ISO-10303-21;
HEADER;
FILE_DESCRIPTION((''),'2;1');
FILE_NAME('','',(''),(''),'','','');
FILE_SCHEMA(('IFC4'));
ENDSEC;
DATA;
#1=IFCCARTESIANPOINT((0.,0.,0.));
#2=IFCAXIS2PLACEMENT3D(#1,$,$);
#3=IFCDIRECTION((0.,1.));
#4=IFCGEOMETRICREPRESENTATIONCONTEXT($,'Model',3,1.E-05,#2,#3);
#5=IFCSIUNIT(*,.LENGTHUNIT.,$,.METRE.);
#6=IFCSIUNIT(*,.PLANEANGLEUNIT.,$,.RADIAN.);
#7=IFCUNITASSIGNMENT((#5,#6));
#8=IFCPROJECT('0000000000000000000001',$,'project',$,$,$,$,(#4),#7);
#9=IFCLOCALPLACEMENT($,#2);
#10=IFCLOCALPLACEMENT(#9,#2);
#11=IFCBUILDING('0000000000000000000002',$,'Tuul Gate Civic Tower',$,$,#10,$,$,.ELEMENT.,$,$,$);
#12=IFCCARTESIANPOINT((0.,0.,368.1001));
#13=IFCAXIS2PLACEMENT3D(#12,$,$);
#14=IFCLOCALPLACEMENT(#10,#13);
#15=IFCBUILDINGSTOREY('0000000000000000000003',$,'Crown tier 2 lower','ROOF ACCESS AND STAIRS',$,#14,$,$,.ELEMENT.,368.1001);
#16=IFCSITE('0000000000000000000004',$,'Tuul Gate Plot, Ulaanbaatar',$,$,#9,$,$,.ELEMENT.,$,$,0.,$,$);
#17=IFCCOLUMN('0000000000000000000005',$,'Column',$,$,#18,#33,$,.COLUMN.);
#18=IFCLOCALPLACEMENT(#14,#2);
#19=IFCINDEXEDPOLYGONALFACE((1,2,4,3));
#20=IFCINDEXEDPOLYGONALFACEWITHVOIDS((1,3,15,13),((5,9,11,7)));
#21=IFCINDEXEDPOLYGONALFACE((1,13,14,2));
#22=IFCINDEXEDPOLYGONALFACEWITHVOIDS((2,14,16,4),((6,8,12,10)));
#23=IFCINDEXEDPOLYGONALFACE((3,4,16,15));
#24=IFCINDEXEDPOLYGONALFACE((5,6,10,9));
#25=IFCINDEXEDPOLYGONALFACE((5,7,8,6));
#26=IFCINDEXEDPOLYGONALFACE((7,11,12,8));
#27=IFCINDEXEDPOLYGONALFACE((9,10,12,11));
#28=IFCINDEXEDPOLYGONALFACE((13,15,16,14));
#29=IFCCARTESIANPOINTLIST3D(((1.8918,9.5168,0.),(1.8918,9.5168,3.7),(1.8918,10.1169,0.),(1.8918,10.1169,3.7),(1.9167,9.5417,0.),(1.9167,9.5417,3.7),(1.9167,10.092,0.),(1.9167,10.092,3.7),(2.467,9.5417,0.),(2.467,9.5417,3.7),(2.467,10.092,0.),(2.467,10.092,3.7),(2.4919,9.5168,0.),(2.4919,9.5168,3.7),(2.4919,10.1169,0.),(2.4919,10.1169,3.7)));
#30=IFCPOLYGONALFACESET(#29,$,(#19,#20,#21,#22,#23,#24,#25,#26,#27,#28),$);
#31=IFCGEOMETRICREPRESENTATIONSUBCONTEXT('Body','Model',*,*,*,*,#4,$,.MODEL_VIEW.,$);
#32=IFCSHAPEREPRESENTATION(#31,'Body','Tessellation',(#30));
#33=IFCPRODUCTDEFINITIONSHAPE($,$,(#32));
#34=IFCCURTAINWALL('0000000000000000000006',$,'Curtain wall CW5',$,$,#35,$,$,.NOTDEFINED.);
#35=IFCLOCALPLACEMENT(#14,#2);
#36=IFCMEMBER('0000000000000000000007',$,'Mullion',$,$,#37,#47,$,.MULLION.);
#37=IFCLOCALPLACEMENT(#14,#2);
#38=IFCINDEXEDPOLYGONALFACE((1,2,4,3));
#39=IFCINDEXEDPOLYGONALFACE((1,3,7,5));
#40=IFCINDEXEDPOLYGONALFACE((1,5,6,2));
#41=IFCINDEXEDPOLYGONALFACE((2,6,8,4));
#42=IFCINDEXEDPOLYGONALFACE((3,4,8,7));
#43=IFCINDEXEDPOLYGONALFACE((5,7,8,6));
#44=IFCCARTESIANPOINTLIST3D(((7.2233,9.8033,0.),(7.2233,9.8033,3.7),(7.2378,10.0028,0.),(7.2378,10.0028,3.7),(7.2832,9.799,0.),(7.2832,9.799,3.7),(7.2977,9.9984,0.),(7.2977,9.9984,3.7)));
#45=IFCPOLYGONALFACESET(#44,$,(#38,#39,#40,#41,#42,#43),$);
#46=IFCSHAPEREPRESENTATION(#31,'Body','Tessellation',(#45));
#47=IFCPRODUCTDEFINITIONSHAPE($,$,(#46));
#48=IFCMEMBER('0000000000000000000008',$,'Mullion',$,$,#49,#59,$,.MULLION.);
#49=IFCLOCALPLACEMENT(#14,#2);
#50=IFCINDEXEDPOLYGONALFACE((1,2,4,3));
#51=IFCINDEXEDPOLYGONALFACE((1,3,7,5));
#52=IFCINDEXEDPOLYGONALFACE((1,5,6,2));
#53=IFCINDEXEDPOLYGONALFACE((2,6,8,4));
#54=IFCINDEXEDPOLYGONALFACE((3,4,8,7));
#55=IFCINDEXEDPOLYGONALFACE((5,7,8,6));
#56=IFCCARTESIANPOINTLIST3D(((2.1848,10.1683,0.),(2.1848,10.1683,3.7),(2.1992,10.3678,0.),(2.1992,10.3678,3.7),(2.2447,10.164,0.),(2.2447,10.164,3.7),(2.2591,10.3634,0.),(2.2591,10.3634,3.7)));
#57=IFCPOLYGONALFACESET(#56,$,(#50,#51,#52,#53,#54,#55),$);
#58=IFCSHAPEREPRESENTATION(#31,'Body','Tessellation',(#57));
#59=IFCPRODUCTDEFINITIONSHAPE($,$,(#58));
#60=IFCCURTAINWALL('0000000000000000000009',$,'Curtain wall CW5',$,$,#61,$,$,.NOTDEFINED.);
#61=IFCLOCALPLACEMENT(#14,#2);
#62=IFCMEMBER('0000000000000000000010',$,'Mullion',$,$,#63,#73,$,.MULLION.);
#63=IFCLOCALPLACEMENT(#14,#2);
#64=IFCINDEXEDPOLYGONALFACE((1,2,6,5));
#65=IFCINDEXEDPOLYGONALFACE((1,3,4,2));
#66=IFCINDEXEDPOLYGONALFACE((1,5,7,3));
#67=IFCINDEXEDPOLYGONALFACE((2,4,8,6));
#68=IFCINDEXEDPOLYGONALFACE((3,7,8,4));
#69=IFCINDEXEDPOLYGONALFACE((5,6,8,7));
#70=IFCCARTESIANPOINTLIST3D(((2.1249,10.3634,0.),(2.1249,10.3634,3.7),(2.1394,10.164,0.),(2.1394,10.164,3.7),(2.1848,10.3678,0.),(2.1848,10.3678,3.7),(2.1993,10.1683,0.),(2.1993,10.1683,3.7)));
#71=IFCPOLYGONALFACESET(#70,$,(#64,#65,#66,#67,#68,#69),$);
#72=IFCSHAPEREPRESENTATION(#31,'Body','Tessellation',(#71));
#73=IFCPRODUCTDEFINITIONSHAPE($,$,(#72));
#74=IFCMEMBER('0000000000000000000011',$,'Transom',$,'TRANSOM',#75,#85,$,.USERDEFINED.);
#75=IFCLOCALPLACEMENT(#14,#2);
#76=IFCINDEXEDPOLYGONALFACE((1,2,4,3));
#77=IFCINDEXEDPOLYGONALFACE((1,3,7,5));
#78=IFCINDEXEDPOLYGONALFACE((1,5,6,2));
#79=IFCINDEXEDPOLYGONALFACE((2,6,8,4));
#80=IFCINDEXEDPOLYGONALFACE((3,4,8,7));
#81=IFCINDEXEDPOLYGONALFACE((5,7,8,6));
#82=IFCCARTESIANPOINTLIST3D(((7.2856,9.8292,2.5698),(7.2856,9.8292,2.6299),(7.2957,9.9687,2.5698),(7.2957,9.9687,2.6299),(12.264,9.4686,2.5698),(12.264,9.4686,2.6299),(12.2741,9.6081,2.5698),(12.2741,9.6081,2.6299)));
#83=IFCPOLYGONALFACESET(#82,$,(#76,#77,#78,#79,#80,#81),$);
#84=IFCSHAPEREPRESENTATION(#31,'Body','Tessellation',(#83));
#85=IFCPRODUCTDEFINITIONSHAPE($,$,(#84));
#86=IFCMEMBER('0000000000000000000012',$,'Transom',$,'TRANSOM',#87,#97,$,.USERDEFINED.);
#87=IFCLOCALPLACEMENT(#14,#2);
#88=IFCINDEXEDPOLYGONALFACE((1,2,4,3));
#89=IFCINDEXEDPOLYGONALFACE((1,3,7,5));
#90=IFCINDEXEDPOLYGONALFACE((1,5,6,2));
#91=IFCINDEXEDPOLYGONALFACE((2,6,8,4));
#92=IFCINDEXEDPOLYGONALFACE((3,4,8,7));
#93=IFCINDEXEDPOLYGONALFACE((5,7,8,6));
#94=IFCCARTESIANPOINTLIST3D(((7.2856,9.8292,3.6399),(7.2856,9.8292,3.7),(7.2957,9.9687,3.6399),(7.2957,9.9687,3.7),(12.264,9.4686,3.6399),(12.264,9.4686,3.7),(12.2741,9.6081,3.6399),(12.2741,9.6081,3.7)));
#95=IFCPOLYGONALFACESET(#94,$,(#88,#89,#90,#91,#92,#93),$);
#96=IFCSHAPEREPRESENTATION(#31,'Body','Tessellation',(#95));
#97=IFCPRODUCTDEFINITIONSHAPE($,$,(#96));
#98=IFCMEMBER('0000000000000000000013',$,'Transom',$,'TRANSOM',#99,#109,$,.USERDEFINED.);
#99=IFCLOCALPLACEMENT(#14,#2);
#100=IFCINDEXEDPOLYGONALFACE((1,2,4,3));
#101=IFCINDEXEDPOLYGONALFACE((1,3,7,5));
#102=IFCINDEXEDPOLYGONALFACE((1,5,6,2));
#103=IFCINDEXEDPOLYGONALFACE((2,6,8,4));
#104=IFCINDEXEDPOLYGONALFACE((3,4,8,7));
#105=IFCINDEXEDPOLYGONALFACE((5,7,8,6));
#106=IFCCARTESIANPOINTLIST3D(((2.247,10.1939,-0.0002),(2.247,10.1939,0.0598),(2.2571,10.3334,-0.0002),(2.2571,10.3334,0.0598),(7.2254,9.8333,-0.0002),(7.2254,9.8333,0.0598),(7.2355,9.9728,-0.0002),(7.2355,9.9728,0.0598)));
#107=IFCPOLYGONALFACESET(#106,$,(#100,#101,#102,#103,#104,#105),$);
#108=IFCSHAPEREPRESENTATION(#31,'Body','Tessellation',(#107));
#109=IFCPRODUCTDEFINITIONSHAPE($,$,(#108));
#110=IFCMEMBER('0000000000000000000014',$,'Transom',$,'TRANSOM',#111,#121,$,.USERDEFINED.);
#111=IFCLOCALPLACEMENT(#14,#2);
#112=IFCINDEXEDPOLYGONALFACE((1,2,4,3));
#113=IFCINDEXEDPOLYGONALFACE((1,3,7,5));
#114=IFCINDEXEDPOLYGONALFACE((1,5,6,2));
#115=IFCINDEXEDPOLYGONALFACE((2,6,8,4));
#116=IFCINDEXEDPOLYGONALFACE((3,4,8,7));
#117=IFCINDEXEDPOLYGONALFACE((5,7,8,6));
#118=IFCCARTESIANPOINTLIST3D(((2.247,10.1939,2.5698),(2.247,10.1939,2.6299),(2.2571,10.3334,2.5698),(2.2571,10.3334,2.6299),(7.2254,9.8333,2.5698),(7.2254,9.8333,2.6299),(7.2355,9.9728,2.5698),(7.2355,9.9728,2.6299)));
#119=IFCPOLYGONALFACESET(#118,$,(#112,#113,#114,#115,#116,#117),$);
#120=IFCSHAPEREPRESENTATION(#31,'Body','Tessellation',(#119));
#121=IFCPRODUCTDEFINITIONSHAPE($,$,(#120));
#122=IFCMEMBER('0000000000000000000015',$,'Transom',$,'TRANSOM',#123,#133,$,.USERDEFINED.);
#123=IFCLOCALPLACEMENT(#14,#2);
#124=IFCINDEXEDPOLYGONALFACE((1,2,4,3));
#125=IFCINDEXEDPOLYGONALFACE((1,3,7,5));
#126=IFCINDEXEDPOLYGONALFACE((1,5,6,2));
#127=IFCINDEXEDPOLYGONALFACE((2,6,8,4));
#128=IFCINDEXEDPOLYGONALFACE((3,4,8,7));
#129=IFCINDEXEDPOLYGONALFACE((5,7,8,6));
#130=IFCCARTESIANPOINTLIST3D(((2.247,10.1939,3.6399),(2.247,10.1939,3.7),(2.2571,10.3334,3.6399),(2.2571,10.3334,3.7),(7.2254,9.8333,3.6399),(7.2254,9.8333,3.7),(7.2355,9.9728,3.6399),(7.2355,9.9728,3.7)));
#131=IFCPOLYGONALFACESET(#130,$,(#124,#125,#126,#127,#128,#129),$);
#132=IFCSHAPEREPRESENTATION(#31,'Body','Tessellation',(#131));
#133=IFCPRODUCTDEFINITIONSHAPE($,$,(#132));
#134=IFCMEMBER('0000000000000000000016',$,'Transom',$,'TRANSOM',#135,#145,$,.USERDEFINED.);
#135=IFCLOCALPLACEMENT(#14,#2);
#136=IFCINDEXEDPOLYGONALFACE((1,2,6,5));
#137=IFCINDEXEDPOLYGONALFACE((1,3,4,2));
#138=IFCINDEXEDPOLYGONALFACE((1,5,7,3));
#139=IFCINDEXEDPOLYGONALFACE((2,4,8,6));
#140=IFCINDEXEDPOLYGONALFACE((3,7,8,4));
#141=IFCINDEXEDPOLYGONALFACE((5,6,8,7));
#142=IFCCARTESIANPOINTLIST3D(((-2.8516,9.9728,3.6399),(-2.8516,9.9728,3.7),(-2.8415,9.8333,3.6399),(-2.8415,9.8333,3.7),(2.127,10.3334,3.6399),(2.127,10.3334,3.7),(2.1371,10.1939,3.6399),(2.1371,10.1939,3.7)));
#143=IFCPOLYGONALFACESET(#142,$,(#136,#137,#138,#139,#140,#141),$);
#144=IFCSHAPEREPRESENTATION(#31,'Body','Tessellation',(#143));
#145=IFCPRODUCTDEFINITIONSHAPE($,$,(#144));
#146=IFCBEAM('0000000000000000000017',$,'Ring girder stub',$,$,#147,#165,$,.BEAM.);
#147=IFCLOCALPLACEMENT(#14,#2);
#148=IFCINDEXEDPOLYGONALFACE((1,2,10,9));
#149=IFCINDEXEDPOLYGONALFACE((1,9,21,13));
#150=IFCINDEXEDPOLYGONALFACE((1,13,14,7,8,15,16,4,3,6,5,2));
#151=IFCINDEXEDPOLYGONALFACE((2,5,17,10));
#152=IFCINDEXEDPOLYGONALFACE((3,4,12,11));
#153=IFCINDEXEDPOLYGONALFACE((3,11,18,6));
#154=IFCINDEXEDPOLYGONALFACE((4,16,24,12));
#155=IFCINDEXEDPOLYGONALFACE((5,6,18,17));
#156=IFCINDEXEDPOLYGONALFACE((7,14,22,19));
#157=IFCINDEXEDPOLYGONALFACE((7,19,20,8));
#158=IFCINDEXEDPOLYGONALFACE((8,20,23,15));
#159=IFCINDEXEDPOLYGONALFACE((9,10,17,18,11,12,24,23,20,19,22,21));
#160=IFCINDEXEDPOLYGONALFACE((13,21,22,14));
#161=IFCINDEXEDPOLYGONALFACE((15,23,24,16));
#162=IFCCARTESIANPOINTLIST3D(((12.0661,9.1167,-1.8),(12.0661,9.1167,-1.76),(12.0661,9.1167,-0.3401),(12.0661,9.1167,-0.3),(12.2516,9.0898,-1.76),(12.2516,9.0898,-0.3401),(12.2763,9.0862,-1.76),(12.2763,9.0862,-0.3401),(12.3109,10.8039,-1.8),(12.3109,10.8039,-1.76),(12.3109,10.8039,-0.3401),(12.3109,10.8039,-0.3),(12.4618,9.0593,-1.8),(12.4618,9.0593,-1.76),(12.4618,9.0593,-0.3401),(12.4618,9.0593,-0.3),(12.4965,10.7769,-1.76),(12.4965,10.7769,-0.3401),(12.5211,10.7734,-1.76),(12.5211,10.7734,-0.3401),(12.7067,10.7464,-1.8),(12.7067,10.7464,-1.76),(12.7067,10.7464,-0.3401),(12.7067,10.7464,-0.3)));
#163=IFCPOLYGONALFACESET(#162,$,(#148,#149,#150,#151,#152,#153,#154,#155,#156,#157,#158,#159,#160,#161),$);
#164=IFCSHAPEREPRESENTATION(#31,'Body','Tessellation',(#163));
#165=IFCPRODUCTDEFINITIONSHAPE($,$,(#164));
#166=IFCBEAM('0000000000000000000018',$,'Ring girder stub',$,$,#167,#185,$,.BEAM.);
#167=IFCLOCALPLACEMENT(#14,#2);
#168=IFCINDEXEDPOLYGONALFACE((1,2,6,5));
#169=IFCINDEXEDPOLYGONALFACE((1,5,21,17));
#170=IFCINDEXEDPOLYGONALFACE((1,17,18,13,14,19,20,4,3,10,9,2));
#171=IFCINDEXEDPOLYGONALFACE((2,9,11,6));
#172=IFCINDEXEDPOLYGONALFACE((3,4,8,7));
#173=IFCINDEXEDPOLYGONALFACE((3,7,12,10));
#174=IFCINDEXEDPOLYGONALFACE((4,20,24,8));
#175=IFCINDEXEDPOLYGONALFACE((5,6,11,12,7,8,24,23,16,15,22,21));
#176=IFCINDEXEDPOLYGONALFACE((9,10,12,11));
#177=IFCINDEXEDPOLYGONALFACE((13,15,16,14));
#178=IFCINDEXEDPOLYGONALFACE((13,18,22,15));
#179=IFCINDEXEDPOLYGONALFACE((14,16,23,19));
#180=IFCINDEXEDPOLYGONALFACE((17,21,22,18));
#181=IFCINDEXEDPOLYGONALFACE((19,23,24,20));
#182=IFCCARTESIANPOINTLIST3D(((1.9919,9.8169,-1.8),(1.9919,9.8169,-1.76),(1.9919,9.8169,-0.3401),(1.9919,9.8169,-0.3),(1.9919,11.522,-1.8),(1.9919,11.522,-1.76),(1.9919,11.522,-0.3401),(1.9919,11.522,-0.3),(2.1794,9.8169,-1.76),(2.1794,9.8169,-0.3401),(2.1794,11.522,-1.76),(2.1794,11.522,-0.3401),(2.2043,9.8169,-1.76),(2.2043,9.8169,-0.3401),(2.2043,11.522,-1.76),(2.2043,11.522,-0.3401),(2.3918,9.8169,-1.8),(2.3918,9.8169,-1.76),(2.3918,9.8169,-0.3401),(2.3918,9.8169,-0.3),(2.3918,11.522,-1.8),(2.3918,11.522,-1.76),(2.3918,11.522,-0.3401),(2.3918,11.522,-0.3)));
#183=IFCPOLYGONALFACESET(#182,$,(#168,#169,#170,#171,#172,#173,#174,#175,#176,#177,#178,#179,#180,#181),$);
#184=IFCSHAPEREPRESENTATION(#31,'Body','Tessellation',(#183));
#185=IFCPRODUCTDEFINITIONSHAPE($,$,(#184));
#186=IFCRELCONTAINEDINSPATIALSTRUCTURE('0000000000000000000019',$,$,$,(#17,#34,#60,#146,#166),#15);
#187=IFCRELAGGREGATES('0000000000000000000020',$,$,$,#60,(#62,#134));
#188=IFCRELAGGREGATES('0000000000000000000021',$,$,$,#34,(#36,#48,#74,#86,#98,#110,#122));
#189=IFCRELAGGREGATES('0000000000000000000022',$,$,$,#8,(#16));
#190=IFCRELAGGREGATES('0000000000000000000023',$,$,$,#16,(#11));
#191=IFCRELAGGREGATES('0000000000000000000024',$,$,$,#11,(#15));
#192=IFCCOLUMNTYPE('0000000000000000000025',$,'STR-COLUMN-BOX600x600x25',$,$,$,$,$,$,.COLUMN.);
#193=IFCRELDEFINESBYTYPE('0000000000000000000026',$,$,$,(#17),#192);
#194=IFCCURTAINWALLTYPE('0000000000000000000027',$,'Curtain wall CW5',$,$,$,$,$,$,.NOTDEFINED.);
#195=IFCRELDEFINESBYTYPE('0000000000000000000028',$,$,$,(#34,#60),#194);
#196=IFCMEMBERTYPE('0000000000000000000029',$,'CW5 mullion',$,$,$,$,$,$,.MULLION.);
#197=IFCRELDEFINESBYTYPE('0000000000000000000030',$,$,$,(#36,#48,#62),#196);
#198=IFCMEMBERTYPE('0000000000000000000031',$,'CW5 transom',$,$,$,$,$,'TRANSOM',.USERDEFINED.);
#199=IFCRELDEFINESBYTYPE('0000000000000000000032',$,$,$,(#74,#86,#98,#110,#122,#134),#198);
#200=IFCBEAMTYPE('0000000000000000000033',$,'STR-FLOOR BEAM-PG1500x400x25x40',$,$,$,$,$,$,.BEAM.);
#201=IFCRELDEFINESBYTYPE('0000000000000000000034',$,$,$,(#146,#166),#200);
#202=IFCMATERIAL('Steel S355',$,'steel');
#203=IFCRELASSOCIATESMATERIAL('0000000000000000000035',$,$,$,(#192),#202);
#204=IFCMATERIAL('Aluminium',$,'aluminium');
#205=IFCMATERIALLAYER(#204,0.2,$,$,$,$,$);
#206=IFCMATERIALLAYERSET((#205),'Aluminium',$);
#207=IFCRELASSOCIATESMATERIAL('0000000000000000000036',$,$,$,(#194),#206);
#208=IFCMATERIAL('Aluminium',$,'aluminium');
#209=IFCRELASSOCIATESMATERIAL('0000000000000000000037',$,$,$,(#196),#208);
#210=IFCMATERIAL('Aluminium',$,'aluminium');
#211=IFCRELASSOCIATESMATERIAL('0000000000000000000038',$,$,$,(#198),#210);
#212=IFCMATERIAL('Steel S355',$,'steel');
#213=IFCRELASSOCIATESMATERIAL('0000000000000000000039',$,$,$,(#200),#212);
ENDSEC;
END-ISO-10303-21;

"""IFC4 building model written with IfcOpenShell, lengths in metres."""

from ifc_helpers import new_model, si_unit, direction, frame, origin, origin_2d, place, context, subcontext, project, spatial, rectangle, hollow_rectangle, i_section, extrude, material, layer, layer_set, material_profile, profile_set, type_object, element, aggregate, save


model = new_model("IFC4")

# Units and contexts
model_context = context("Model", 3, precision=1e-05, world=origin(), true_north=direction((0.0, 1.0)))
body_context = subcontext(model_context, "Body", "Model", "MODEL_VIEW")
ifc_project = project(units=[si_unit("LENGTHUNIT", "METRE"), si_unit("PLANEANGLEUNIT", "RADIAN")], contexts=[model_context])

# Site, building, storey
site_placement = place(None, origin())
site = spatial("IfcSite", under=ifc_project, at=site_placement, Name="Tuul Gate Plot, Ulaanbaatar", CompositionType="ELEMENT", RefElevation=0.0)
building_placement = place(site_placement, origin())
building = spatial("IfcBuilding", under=site, at=building_placement, Name="Tuul Gate Civic Tower", CompositionType="ELEMENT")
storey_placement = place(building_placement, frame((0.0, 0.0, 368.1001)))
storey = spatial("IfcBuildingStorey", under=building, at=storey_placement, Name="Crown tier 2 lower", Description="ROOF ACCESS AND STAIRS", CompositionType="ELEMENT", Elevation=368.1001)

# Column
ifc_material_1 = material(Name="Steel S355", Category="steel")
ifc_material_profile_1 = material_profile(ifc_material_1, hollow_rectangle(XDim=0.6001, YDim=0.6001, WallThickness=0.0249, at=origin_2d()), Name="BOX600x600x25")
ifc_profile_set_1 = profile_set([ifc_material_profile_1], Name="Steel S355")
column_type = type_object("IfcColumnType", Name="STR-COLUMN-BOX600x600x25", PredefinedType="COLUMN", material=ifc_profile_set_1)
column_placement = place(storey_placement, frame((2.1919, 9.8169, 0.0), z_axis=(0.0, 0.0, 1.0), x_axis=(1.0, 0.0, 0.0)))
element("IfcColumn", 1, at=column_placement, inside=storey, type_object=column_type, Name="Column", PredefinedType="COLUMN", context=body_context, shape_type="SweptSolid", body=[
    extrude(hollow_rectangle(XDim=0.6001, YDim=0.6001, WallThickness=0.0249, at=origin_2d()), origin(), (0.0, 0.0, 1.0), 3.7),
])

# Curtain wall, members
ifc_material_2 = material(Name="Aluminium", Category="aluminium")
ifc_layer_1 = layer(ifc_material_2, 0.2)
ifc_layer_set_1 = layer_set([ifc_layer_1], Name="Aluminium")
curtain_wall_type = type_object("IfcCurtainWallType", Name="Curtain wall CW5", PredefinedType="NOTDEFINED", material=ifc_layer_set_1)
curtain_wall_1_placement = place(storey_placement, origin())
curtain_wall_1 = element("IfcCurtainWall", 2, at=curtain_wall_1_placement, inside=storey, type_object=curtain_wall_type, Name="Curtain wall CW5", PredefinedType="NOTDEFINED")
ifc_material_3 = material(Name="Aluminium", Category="aluminium")
ifc_material_profile_2 = material_profile(ifc_material_3, rectangle(XDim=0.2, YDim=0.0601, at=origin_2d()), Name="CW5 mullion")
ifc_profile_set_2 = profile_set([ifc_material_profile_2], Name="Aluminium")
member_type_1 = type_object("IfcMemberType", Name="CW5 mullion", PredefinedType="MULLION", material=ifc_profile_set_2)
member_1_placement = place(storey_placement, frame((7.2605, 9.9009, 0.0), z_axis=(0.0, 0.0, 1.0), x_axis=(-0.072219, -0.997389, 0.0)))
member_1 = element("IfcMember", 3, at=member_1_placement, type_object=member_type_1, Name="Mullion", PredefinedType="MULLION", context=body_context, shape_type="SweptSolid", body=[
    extrude(rectangle(XDim=0.2, YDim=0.0601, at=origin_2d()), origin(), (0.0, 0.0, 1.0), 3.7),
])
member_2_placement = place(storey_placement, frame((2.2219, 10.2659, 0.0), z_axis=(0.0, 0.0, 1.0), x_axis=(-0.072219, -0.997389, 0.0)))
member_2 = element("IfcMember", 4, at=member_2_placement, type_object=member_type_1, Name="Mullion", PredefinedType="MULLION", context=body_context, shape_type="SweptSolid", body=[
    extrude(rectangle(XDim=0.2, YDim=0.0601, at=origin_2d()), origin(), (0.0, 0.0, 1.0), 3.7),
])

# Curtain wall, member
curtain_wall_2_placement = place(storey_placement, origin())
curtain_wall_2 = element("IfcCurtainWall", 5, at=curtain_wall_2_placement, inside=storey, type_object=curtain_wall_type, Name="Curtain wall CW5", PredefinedType="NOTDEFINED")
member_3_placement = place(storey_placement, frame((2.1621, 10.2659, 0.0), z_axis=(0.0, 0.0, 1.0), x_axis=(0.072219, -0.997389, 0.0)))
member_3 = element("IfcMember", 6, at=member_3_placement, type_object=member_type_1, Name="Mullion", PredefinedType="MULLION", context=body_context, shape_type="SweptSolid", body=[
    extrude(rectangle(XDim=0.2, YDim=0.0601, at=origin_2d()), origin(), (0.0, 0.0, 1.0), 3.7),
])

# Members
ifc_material_4 = material(Name="Aluminium", Category="aluminium")
ifc_material_profile_3 = material_profile(ifc_material_4, rectangle(XDim=0.1399, YDim=0.0601, at=origin_2d()), Name="CW5 transom")
ifc_profile_set_3 = profile_set([ifc_material_profile_3], Name="Aluminium")
member_type_2 = type_object("IfcMemberType", Name="CW5 transom", ElementType="TRANSOM", PredefinedType="USERDEFINED", material=ifc_profile_set_3)
member_4_placement = place(storey_placement, frame((12.269, 9.5383, 2.5999), z_axis=(-0.997387, 0.072241, 0.0), x_axis=(-0.072241, -0.997387, 0.0)))
member_4 = element("IfcMember", 7, at=member_4_placement, type_object=member_type_2, Name="Transom", ObjectType="TRANSOM", PredefinedType="USERDEFINED", context=body_context, shape_type="SweptSolid", body=[
    extrude(rectangle(XDim=0.1399, YDim=0.0601, at=origin_2d()), origin(), (0.0, 0.0, 1.0), 4.9915),
])
member_5_placement = place(storey_placement, frame((12.269, 9.5383, 3.6699), z_axis=(-0.997387, 0.072241, 0.0), x_axis=(-0.072241, -0.997387, 0.0)))
member_5 = element("IfcMember", 8, at=member_5_placement, type_object=member_type_2, Name="Transom", ObjectType="TRANSOM", PredefinedType="USERDEFINED", context=body_context, shape_type="SweptSolid", body=[
    extrude(rectangle(XDim=0.1399, YDim=0.0601, at=origin_2d()), origin(), (0.0, 0.0, 1.0), 4.9915),
])
member_6_placement = place(storey_placement, frame((7.2305, 9.9031, 0.0298), z_axis=(-0.997387, 0.072241, 0.0), x_axis=(-0.072241, -0.997387, 0.0)))
member_6 = element("IfcMember", 9, at=member_6_placement, type_object=member_type_2, Name="Transom", ObjectType="TRANSOM", PredefinedType="USERDEFINED", context=body_context, shape_type="SweptSolid", body=[
    extrude(rectangle(XDim=0.1399, YDim=0.0601, at=origin_2d()), origin(), (0.0, 0.0, 1.0), 4.9915),
])
member_7_placement = place(storey_placement, frame((7.2305, 9.9031, 2.5999), z_axis=(-0.997387, 0.072241, 0.0), x_axis=(-0.072241, -0.997387, 0.0)))
member_7 = element("IfcMember", 10, at=member_7_placement, type_object=member_type_2, Name="Transom", ObjectType="TRANSOM", PredefinedType="USERDEFINED", context=body_context, shape_type="SweptSolid", body=[
    extrude(rectangle(XDim=0.1399, YDim=0.0601, at=origin_2d()), origin(), (0.0, 0.0, 1.0), 4.9915),
])
member_8_placement = place(storey_placement, frame((7.2305, 9.9031, 3.6699), z_axis=(-0.997387, 0.072241, 0.0), x_axis=(-0.072241, -0.997387, 0.0)))
member_8 = element("IfcMember", 11, at=member_8_placement, type_object=member_type_2, Name="Transom", ObjectType="TRANSOM", PredefinedType="USERDEFINED", context=body_context, shape_type="SweptSolid", body=[
    extrude(rectangle(XDim=0.1399, YDim=0.0601, at=origin_2d()), origin(), (0.0, 0.0, 1.0), 4.9915),
])
member_9_placement = place(storey_placement, frame((2.1321, 10.2637, 3.6699), z_axis=(-0.997387, -0.072238, 0.0), x_axis=(0.072238, -0.997387, 0.0)))
member_9 = element("IfcMember", 12, at=member_9_placement, type_object=member_type_2, Name="Transom", ObjectType="TRANSOM", PredefinedType="USERDEFINED", context=body_context, shape_type="SweptSolid", body=[
    extrude(rectangle(XDim=0.1399, YDim=0.0601, at=origin_2d()), origin(), (0.0, 0.0, 1.0), 4.9917),
])
aggregate(curtain_wall_2, [member_3, member_9])

# Beams
ifc_material_5 = material(Name="Steel S355", Category="steel")
ifc_material_profile_4 = material_profile(ifc_material_5, i_section(OverallWidth=0.3999, OverallDepth=1.5, WebThickness=0.0249, FlangeThickness=0.04, at=origin_2d()), Name="PG1500x400x25x40")
ifc_profile_set_4 = profile_set([ifc_material_profile_4], Name="Steel S355")
beam_type_1 = type_object("IfcBeamType", Name="STR-FLOOR BEAM-PG1500x400x25x40", PredefinedType="BEAM", material=ifc_profile_set_4)
beam_1_placement = place(storey_placement, frame((12.5088, 10.7751, -1.05), z_axis=(-0.143626, -0.989632, 0.0), x_axis=(0.989632, -0.143626, 0.0)))
element("IfcBeam", 13, at=beam_1_placement, inside=storey, type_object=beam_type_1, Name="Ring girder stub", PredefinedType="BEAM", context=body_context, shape_type="SweptSolid", body=[
    extrude(i_section(OverallWidth=0.3999, OverallDepth=1.5, WebThickness=0.0249, FlangeThickness=0.04, at=origin_2d()), origin(), (0.0, 0.0, 1.0), 1.7048),
])
beam_2_placement = place(storey_placement, frame((2.1919, 11.522, -1.05), z_axis=(0.0, -1.0, 0.0), x_axis=(1.0, 0.0, 0.0)))
element("IfcBeam", 14, at=beam_2_placement, inside=storey, type_object=beam_type_1, Name="Ring girder stub", PredefinedType="BEAM", context=body_context, shape_type="SweptSolid", body=[
    extrude(i_section(OverallWidth=0.3999, OverallDepth=1.5, WebThickness=0.0249, FlangeThickness=0.04, at=origin_2d()), origin(), (0.0, 0.0, 1.0), 1.7051),
])

aggregate(curtain_wall_1, [member_1, member_2, member_4, member_5, member_6, member_7, member_8])

save(model, "model.ifc")
